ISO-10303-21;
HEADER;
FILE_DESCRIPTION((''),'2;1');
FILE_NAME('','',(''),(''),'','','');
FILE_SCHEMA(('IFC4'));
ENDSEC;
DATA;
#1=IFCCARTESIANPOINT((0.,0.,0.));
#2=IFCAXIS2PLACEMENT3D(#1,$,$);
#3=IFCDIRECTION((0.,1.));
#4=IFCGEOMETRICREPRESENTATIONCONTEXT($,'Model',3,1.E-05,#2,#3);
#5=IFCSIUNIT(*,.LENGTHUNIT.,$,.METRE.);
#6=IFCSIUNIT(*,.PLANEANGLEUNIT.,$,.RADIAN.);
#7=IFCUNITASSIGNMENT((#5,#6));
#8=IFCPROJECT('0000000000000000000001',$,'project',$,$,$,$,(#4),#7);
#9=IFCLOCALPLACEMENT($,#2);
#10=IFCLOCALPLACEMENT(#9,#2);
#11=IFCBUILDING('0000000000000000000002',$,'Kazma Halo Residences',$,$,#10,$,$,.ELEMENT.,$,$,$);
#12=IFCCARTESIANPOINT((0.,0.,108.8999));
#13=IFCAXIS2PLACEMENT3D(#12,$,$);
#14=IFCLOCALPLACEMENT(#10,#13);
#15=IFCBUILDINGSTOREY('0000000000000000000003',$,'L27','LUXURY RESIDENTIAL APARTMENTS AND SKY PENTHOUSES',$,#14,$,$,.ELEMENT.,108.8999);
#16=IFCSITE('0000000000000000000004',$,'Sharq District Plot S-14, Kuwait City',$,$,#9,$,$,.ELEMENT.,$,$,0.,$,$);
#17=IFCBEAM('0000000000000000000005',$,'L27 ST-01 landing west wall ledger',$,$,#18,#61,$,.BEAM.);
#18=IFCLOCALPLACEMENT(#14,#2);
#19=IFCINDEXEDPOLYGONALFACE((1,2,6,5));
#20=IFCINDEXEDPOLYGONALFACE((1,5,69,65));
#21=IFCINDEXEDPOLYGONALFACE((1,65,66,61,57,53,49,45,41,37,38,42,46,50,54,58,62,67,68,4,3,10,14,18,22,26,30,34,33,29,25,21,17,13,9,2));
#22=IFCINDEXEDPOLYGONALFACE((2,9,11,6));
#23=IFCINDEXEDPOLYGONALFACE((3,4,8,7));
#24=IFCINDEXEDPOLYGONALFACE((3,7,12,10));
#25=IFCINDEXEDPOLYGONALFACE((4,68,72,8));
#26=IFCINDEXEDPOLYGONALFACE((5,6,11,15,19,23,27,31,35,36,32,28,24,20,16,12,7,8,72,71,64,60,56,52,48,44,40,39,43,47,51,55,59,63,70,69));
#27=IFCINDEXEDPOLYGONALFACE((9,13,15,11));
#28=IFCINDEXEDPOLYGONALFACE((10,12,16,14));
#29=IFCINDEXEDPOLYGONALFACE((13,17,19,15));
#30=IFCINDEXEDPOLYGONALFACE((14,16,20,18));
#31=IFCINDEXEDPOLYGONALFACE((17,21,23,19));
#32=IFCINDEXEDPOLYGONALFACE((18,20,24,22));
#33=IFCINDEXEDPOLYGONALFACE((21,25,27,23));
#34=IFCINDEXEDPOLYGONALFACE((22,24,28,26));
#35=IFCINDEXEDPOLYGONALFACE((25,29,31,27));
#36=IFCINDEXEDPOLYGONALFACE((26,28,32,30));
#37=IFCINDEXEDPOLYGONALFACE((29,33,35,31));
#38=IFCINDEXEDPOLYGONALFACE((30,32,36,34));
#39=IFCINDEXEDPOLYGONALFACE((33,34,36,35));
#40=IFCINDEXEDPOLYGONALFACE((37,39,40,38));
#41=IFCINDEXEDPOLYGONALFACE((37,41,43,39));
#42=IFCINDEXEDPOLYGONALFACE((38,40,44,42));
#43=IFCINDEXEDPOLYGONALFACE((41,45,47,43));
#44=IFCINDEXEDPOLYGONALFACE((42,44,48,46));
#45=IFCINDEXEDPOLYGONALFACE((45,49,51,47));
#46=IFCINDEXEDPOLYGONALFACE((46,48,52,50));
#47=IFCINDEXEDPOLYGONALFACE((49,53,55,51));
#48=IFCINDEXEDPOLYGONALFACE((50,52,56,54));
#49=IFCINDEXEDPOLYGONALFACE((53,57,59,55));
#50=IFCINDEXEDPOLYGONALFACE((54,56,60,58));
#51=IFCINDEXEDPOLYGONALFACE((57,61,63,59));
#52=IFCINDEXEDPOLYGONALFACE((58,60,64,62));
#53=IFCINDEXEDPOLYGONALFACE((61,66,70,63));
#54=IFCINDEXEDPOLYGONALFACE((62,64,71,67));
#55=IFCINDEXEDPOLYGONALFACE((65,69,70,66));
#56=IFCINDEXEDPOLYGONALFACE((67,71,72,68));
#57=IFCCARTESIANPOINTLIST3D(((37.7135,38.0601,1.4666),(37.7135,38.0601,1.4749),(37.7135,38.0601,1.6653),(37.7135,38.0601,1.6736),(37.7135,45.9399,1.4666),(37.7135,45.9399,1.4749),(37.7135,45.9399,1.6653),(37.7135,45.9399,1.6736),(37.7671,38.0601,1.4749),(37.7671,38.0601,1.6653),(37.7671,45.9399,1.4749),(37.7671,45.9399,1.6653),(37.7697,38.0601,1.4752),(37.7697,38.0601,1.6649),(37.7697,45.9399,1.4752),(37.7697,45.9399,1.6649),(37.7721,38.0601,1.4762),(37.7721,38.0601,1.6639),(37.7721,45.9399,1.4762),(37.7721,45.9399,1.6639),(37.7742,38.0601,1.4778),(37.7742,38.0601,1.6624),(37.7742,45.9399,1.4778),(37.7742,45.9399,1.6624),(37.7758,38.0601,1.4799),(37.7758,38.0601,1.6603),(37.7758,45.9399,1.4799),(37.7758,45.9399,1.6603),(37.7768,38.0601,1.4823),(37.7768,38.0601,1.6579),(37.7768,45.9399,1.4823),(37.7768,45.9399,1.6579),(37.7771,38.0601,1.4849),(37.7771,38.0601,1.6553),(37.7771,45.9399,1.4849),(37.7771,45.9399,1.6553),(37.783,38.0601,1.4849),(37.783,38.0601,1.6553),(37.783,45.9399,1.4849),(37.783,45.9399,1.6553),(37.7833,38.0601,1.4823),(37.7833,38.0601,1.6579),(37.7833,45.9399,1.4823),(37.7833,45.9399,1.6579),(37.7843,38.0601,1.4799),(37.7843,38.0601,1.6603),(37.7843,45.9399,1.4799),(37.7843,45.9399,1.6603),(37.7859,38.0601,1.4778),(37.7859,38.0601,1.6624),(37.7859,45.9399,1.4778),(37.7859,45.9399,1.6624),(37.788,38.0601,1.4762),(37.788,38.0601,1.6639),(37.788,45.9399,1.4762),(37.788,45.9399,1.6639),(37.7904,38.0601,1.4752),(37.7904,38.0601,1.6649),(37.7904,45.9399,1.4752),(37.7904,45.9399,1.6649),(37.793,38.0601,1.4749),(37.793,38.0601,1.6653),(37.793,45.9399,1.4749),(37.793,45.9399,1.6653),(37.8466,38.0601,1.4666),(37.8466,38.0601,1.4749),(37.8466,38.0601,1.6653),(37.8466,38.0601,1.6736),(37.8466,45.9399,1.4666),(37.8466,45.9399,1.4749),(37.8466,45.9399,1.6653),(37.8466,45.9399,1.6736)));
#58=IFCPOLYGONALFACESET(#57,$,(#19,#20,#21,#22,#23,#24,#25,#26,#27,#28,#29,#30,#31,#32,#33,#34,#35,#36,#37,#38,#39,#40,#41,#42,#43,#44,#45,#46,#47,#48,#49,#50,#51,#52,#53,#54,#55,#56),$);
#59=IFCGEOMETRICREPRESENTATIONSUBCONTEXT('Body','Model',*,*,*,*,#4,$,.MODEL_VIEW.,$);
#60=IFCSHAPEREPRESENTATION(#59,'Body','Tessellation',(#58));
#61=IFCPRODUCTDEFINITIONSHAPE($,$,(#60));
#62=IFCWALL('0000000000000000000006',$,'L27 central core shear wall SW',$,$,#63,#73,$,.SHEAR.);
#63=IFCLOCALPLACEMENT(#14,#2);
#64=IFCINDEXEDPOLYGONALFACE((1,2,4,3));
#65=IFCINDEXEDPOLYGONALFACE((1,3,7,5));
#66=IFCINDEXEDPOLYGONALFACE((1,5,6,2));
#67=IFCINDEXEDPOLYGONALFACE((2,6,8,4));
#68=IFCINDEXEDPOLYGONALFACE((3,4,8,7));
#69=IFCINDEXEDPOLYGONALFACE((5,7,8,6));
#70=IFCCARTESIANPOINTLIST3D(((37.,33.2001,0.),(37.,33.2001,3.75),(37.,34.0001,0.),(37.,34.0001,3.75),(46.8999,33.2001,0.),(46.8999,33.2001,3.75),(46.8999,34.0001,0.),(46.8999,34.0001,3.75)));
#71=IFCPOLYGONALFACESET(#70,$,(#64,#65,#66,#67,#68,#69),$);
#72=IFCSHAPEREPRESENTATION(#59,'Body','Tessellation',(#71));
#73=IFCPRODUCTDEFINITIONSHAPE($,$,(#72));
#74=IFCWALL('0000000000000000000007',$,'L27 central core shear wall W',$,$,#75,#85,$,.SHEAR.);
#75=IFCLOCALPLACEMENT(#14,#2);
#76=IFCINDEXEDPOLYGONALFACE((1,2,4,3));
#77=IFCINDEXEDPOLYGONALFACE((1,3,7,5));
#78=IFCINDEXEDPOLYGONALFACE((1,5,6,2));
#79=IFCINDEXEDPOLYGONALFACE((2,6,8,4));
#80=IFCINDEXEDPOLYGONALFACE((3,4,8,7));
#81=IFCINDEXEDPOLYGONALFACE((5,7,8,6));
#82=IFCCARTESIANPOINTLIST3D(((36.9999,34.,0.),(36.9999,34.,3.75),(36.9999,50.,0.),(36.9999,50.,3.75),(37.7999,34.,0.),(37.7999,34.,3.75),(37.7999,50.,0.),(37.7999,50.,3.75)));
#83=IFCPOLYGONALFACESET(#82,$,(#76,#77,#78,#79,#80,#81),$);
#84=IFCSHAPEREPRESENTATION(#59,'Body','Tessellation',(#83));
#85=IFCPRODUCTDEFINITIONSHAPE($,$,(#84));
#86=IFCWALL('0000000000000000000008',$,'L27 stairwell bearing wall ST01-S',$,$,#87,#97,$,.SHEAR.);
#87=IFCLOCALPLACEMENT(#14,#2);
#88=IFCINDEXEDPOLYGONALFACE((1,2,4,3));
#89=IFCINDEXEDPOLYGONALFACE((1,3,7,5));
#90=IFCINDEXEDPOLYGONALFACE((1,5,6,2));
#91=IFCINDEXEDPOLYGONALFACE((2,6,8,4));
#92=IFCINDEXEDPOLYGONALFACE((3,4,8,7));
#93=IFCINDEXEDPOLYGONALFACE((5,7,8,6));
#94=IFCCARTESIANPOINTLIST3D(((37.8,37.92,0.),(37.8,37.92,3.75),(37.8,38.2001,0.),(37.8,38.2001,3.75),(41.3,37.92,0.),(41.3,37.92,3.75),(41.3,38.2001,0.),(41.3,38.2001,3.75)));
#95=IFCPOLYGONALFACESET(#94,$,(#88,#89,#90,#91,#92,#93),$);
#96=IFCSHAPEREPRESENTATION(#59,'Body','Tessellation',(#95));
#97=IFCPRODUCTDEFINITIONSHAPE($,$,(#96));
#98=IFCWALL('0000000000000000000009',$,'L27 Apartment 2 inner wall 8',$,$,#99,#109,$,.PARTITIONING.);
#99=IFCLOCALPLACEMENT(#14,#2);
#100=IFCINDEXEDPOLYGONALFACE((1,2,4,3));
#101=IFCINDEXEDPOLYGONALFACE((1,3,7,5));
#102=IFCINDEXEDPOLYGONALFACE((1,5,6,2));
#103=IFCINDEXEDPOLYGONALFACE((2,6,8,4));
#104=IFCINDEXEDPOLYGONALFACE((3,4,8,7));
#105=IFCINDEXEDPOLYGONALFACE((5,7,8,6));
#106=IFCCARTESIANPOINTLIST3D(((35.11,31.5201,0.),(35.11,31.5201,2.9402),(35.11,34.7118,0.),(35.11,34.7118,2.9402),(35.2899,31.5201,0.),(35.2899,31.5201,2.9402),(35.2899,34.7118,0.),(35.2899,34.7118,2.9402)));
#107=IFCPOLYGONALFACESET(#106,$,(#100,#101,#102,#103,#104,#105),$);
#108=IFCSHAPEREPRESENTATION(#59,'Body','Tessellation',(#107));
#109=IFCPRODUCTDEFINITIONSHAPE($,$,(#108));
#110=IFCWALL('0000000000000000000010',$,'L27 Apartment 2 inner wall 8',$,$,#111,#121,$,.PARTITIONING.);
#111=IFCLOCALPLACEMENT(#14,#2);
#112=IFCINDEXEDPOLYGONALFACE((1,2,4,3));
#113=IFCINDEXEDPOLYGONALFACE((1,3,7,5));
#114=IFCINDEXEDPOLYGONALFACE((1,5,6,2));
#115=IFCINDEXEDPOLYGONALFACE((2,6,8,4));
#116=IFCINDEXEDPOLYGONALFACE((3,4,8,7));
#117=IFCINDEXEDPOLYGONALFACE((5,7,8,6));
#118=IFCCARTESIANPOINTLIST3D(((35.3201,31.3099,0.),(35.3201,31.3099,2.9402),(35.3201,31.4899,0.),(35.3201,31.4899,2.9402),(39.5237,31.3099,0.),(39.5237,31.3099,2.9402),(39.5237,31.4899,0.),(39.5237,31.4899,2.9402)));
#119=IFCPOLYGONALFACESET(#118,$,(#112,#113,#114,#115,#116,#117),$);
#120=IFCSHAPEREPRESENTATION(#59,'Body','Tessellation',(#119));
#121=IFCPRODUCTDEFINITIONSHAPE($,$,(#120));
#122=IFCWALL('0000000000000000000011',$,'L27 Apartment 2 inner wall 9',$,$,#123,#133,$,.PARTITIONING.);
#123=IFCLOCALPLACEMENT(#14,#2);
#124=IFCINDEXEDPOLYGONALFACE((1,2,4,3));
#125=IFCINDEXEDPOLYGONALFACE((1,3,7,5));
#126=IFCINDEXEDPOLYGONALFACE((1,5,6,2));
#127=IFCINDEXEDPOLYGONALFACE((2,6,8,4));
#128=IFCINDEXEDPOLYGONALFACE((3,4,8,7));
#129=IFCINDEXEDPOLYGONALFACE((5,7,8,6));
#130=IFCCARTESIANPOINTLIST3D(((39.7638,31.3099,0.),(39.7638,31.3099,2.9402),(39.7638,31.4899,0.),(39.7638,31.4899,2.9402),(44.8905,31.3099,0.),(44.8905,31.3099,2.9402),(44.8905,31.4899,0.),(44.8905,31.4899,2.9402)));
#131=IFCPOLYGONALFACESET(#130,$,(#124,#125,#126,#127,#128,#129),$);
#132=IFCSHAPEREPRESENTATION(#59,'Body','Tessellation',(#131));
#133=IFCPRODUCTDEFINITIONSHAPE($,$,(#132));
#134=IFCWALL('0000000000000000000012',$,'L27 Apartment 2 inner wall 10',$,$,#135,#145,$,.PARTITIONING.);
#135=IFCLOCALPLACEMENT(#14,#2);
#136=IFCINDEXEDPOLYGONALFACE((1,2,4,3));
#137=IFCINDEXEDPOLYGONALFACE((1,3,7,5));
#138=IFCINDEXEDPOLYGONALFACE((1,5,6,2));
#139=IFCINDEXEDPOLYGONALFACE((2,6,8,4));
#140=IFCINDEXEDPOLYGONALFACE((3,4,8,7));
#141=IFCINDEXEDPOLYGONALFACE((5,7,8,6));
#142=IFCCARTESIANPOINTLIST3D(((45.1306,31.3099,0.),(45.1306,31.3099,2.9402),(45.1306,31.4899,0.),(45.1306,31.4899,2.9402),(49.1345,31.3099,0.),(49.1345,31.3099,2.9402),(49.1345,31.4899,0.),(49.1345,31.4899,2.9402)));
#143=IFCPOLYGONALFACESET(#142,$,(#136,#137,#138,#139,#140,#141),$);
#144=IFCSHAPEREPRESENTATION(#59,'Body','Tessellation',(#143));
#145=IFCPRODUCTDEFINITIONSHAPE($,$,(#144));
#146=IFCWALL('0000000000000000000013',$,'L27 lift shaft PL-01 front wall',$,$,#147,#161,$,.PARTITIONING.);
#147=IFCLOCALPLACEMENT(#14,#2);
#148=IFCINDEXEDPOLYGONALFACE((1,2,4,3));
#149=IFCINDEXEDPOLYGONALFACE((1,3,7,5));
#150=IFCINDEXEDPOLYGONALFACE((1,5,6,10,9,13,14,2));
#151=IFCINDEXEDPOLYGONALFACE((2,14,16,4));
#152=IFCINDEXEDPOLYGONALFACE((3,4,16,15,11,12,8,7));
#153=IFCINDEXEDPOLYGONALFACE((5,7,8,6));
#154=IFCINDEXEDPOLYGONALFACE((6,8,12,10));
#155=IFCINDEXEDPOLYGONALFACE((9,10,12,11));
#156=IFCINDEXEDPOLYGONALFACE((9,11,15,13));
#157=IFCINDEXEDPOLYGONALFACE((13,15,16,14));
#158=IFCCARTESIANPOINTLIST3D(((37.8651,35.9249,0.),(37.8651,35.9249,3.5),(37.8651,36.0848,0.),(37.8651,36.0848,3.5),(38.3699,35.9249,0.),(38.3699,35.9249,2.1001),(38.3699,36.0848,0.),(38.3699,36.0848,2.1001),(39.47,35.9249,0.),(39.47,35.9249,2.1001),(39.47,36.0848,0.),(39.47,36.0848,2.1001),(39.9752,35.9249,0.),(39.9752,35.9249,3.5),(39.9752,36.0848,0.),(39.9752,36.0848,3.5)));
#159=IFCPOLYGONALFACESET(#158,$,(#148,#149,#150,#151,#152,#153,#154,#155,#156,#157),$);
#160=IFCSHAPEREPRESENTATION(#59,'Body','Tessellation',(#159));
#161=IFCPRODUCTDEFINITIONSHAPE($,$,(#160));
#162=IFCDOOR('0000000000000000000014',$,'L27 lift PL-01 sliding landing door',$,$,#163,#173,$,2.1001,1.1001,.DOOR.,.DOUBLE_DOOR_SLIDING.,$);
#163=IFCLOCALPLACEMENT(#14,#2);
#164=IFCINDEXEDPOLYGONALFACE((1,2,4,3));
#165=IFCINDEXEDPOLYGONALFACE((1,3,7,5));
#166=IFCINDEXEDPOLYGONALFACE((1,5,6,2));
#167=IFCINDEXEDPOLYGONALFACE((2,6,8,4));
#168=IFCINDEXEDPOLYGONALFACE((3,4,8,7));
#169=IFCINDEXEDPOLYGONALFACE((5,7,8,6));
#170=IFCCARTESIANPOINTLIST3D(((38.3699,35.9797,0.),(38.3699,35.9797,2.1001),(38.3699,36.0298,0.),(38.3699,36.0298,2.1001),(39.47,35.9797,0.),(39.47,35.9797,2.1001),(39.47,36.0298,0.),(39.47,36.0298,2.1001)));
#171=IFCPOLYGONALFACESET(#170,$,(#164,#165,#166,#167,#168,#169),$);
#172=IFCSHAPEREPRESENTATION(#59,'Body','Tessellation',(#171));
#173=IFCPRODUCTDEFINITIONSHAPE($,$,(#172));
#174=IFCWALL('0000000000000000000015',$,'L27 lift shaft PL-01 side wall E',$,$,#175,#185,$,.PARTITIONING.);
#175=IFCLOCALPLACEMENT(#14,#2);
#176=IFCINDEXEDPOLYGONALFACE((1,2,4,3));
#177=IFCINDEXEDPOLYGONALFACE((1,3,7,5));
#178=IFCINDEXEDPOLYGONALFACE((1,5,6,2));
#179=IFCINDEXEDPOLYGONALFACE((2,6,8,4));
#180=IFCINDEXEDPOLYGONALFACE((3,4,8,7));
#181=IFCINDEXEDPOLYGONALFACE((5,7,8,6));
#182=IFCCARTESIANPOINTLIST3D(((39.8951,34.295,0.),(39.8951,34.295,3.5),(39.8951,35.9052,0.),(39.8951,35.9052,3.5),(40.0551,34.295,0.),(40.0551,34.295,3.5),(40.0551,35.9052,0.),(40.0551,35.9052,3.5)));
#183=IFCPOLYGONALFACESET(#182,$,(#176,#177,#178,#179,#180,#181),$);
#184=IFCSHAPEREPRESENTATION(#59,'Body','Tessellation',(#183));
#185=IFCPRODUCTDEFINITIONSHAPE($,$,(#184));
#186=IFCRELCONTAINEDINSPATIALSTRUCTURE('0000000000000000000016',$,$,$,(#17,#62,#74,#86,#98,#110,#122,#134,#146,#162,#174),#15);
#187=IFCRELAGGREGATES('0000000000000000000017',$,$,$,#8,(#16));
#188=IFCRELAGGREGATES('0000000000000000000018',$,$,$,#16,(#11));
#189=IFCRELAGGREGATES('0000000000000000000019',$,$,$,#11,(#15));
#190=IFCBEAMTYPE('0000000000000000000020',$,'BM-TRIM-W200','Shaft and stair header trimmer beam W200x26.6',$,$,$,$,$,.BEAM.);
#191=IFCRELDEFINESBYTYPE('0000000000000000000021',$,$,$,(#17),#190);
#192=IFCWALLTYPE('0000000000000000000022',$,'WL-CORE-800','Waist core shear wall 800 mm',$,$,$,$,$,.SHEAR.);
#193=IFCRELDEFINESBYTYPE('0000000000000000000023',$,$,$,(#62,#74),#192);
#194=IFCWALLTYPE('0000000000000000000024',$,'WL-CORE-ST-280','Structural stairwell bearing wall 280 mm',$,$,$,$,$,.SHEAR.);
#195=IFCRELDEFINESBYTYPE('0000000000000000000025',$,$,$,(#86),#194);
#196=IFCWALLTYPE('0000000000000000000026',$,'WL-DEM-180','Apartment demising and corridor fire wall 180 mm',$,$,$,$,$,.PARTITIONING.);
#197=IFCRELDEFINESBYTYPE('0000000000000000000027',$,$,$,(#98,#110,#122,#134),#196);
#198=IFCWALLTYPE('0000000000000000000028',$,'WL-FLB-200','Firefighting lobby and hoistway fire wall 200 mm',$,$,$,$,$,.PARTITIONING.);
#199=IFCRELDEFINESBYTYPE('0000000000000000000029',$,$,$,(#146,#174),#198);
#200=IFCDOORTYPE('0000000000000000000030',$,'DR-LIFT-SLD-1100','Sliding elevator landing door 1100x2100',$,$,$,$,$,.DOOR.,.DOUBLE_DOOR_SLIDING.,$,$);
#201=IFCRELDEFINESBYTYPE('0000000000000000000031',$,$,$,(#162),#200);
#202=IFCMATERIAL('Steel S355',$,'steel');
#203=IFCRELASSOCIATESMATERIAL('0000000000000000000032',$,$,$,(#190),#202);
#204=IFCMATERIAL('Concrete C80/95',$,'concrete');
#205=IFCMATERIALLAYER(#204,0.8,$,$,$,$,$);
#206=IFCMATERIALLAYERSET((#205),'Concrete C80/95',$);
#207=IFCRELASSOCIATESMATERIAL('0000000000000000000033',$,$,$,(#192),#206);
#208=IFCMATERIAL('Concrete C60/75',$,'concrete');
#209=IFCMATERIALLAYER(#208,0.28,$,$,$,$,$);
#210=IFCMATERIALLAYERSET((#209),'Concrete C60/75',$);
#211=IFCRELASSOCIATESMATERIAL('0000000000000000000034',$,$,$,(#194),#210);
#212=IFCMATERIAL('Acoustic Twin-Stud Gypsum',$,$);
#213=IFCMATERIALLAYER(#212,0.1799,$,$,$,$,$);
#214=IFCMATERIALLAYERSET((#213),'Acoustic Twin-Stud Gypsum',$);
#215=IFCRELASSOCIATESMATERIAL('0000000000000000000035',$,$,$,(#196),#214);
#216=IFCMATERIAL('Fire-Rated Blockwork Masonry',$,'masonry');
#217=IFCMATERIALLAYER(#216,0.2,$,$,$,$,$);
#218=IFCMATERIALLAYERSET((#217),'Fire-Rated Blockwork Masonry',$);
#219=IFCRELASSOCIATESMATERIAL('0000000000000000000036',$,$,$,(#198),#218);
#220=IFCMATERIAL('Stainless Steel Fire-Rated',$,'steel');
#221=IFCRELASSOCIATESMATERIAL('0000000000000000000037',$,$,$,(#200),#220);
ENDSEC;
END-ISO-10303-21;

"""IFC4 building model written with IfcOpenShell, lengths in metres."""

from ifc_helpers import new_model, si_unit, direction, frame, frame_2d, origin, origin_2d, place, context, subcontext, project, spatial, rectangle, i_section, extrude, material, layer, layer_set, material_profile, profile_set, type_object, element, fill, save


model = new_model("IFC4")

# Units and contexts
model_context = context("Model", 3, precision=1e-05, world=origin(), true_north=direction((0.0, 1.0)))
body_context = subcontext(model_context, "Body", "Model", "MODEL_VIEW")
ifc_project = project(units=[si_unit("LENGTHUNIT", "METRE"), si_unit("PLANEANGLEUNIT", "RADIAN")], contexts=[model_context])

# Site, building, storey
site_placement = place(None, origin())
site = spatial("IfcSite", under=ifc_project, at=site_placement, Name="Sharq District Plot S-14, Kuwait City", CompositionType="ELEMENT", RefElevation=0.0)
building_placement = place(site_placement, origin())
building = spatial("IfcBuilding", under=site, at=building_placement, Name="Kazma Halo Residences", CompositionType="ELEMENT")
storey_placement = place(building_placement, frame((0.0, 0.0, 108.8999)))
storey = spatial("IfcBuildingStorey", under=building, at=storey_placement, Name="L27", Description="LUXURY RESIDENTIAL APARTMENTS AND SKY PENTHOUSES", CompositionType="ELEMENT", Elevation=108.8999)

# Beam
ifc_material_1 = material(Name="Steel S355", Category="steel")
ifc_material_profile_1 = material_profile(ifc_material_1, i_section(OverallWidth=0.1331, OverallDepth=0.207, WebThickness=0.0059, FlangeThickness=0.0083, FilletRadius=0.01, at=origin_2d()), Name="W200x26.6")
ifc_profile_set_1 = profile_set([ifc_material_profile_1], Name="Steel S355")
beam_type_1 = type_object("IfcBeamType", Name="BM-TRIM-W200", Description="Shaft and stair header trimmer beam W200x26.6", PredefinedType="BEAM", material=ifc_profile_set_1)
beam_1_placement = place(storey_placement, frame((37.78, 38.0601, 1.5701), z_axis=(0.0, 1.0, 0.0), x_axis=(-1.0, 0.0, 0.0)))
element("IfcBeam", 1, at=beam_1_placement, inside=storey, type_object=beam_type_1, Name="L27 ST-01 landing west wall ledger", PredefinedType="BEAM", context=body_context, shape_type="SweptSolid", body=[
    extrude(i_section(OverallWidth=0.1331, OverallDepth=0.207, WebThickness=0.0059, FlangeThickness=0.0083, FilletRadius=0.01, at=origin_2d()), origin(), (0.0, 0.0, 1.0), 7.8799),
])

# Walls
ifc_material_2 = material(Name="Concrete C80/95", Category="concrete")
ifc_layer_1 = layer(ifc_material_2, 0.8)
ifc_layer_set_1 = layer_set([ifc_layer_1], Name="Concrete C80/95")
wall_type_1 = type_object("IfcWallType", Name="WL-CORE-800", Description="Waist core shear wall 800 mm", PredefinedType="SHEAR", material=ifc_layer_set_1)
wall_1_placement = place(storey_placement, frame((37.0, 33.6001, 0.0), z_axis=(0.0, 0.0, 1.0), x_axis=(1.0, 0.0, 0.0)))
element("IfcWall", 2, at=wall_1_placement, inside=storey, type_object=wall_type_1, Name="L27 central core shear wall SW", PredefinedType="SHEAR", context=body_context, shape_type="SweptSolid", body=[
    extrude(rectangle(XDim=9.8999, YDim=0.8, at=frame_2d((4.95, 0.0))), origin(), (0.0, 0.0, 1.0), 3.75),
])
wall_2_placement = place(storey_placement, frame((37.3999, 34.0, 0.0), z_axis=(0.0, 0.0, 1.0), x_axis=(0.0, 1.0, 0.0)))
element("IfcWall", 3, at=wall_2_placement, inside=storey, type_object=wall_type_1, Name="L27 central core shear wall W", PredefinedType="SHEAR", context=body_context, shape_type="SweptSolid", body=[
    extrude(rectangle(XDim=16.0, YDim=0.8, at=frame_2d((8.0, 0.0))), origin(), (0.0, 0.0, 1.0), 3.75),
])
ifc_material_3 = material(Name="Concrete C60/75", Category="concrete")
ifc_layer_2 = layer(ifc_material_3, 0.28)
ifc_layer_set_2 = layer_set([ifc_layer_2], Name="Concrete C60/75")
wall_type_2 = type_object("IfcWallType", Name="WL-CORE-ST-280", Description="Structural stairwell bearing wall 280 mm", PredefinedType="SHEAR", material=ifc_layer_set_2)
wall_3_placement = place(storey_placement, frame((37.8, 38.0601, 0.0), z_axis=(0.0, 0.0, 1.0), x_axis=(1.0, 0.0, 0.0)))
element("IfcWall", 4, at=wall_3_placement, inside=storey, type_object=wall_type_2, Name="L27 stairwell bearing wall ST01-S", PredefinedType="SHEAR", context=body_context, shape_type="SweptSolid", body=[
    extrude(rectangle(XDim=3.5, YDim=0.28, at=frame_2d((1.75, 0.0))), origin(), (0.0, 0.0, 1.0), 3.75),
])
ifc_material_4 = material(Name="Acoustic Twin-Stud Gypsum")
ifc_layer_3 = layer(ifc_material_4, 0.1799)
ifc_layer_set_3 = layer_set([ifc_layer_3], Name="Acoustic Twin-Stud Gypsum")
wall_type_3 = type_object("IfcWallType", Name="WL-DEM-180", Description="Apartment demising and corridor fire wall 180 mm", PredefinedType="PARTITIONING", material=ifc_layer_set_3)
wall_4_placement = place(storey_placement, frame((35.2, 34.7117, 0.0), z_axis=(0.0, 0.0, 1.0), x_axis=(0.0, -1.0, 0.0)))
element("IfcWall", 5, at=wall_4_placement, inside=storey, type_object=wall_type_3, Name="L27 Apartment 2 inner wall 8", PredefinedType="PARTITIONING", context=body_context, shape_type="SweptSolid", body=[
    extrude(rectangle(XDim=3.1917, YDim=0.1799, at=frame_2d((1.5957, 0.0))), origin(), (0.0, 0.0, 1.0), 2.9402),
])
wall_5_placement = place(storey_placement, frame((35.3201, 31.3999, 0.0), z_axis=(0.0, 0.0, 1.0), x_axis=(1.0, 0.0, 0.0)))
element("IfcWall", 6, at=wall_5_placement, inside=storey, type_object=wall_type_3, Name="L27 Apartment 2 inner wall 8", PredefinedType="PARTITIONING", context=body_context, shape_type="SweptSolid", body=[
    extrude(rectangle(XDim=4.2036, YDim=0.1799, at=frame_2d((2.1018, 0.0))), origin(), (0.0, 0.0, 1.0), 2.9402),
])
wall_6_placement = place(storey_placement, frame((39.7637, 31.3999, 0.0), z_axis=(0.0, 0.0, 1.0), x_axis=(1.0, 0.0, 0.0)))
element("IfcWall", 7, at=wall_6_placement, inside=storey, type_object=wall_type_3, Name="L27 Apartment 2 inner wall 9", PredefinedType="PARTITIONING", context=body_context, shape_type="SweptSolid", body=[
    extrude(rectangle(XDim=5.1267, YDim=0.1799, at=frame_2d((2.5635, 0.0))), origin(), (0.0, 0.0, 1.0), 2.9402),
])
wall_7_placement = place(storey_placement, frame((45.1306, 31.3999, 0.0), z_axis=(0.0, 0.0, 1.0), x_axis=(1.0, 0.0, 0.0)))
element("IfcWall", 8, at=wall_7_placement, inside=storey, type_object=wall_type_3, Name="L27 Apartment 2 inner wall 10", PredefinedType="PARTITIONING", context=body_context, shape_type="SweptSolid", body=[
    extrude(rectangle(XDim=4.0039, YDim=0.1799, at=frame_2d((2.002, 0.0))), origin(), (0.0, 0.0, 1.0), 2.9402),
])

# Wall, opening, door
ifc_material_5 = material(Name="Fire-Rated Blockwork Masonry", Category="masonry")
ifc_layer_4 = layer(ifc_material_5, 0.2)
ifc_layer_set_4 = layer_set([ifc_layer_4], Name="Fire-Rated Blockwork Masonry")
wall_type_4 = type_object("IfcWallType", Name="WL-FLB-200", Description="Firefighting lobby and hoistway fire wall 200 mm", PredefinedType="PARTITIONING", material=ifc_layer_set_4)
wall_8_placement = place(storey_placement, frame((37.865, 36.0049, 0.0), z_axis=(0.0, 0.0, 1.0), x_axis=(1.0, 0.0, 0.0)))
wall_8 = element("IfcWall", 9, at=wall_8_placement, inside=storey, type_object=wall_type_4, Name="L27 lift shaft PL-01 front wall", PredefinedType="PARTITIONING", context=body_context, shape_type="SweptSolid", body=[
    extrude(rectangle(XDim=2.1101, YDim=0.1599, at=frame_2d((1.0552, 0.0))), origin(), (0.0, 0.0, 1.0), 3.5),
])
opening_1_placement = place(wall_8_placement, frame((0.5049, 0.0, 0.0)))
opening_1 = element("IfcOpeningElement", 10, at=opening_1_placement, cuts=wall_8, PredefinedType="OPENING", context=body_context, shape_type="SweptSolid", body=[
    extrude(rectangle(XDim=1.1001, YDim=2.1001, at=frame_2d((0.55, 1.05))), frame((0.0, 0.0898, 0.0), z_axis=(0.0, -1.0, 0.0), x_axis=(1.0, 0.0, 0.0)), (0.0, 0.0, 1.0), 0.1799),
])
ifc_material_6 = material(Name="Stainless Steel Fire-Rated", Category="steel")
door_type_1 = type_object("IfcDoorType", Name="DR-LIFT-SLD-1100", Description="Sliding elevator landing door 1100x2100", OperationType="DOUBLE_DOOR_SLIDING", PredefinedType="DOOR", material=ifc_material_6)
door_1_placement = place(opening_1_placement, origin())
door_1 = element("IfcDoor", 11, at=door_1_placement, inside=storey, type_object=door_type_1, Name="L27 lift PL-01 sliding landing door", OperationType="DOUBLE_DOOR_SLIDING", OverallHeight=2.1001, OverallWidth=1.1001, PredefinedType="DOOR", context=body_context, shape_type="SweptSolid", body=[
    extrude(rectangle(XDim=1.1001, YDim=2.1001, at=frame_2d((0.55, 1.05))), frame((0.0, 0.0249, 0.0), z_axis=(0.0, -1.0, 0.0), x_axis=(1.0, 0.0, 0.0)), (0.0, 0.0, 1.0), 0.05),
])
fill(opening_1, door_1)

# Wall
wall_9_placement = place(storey_placement, frame((39.9751, 34.2949, 0.0), z_axis=(0.0, 0.0, 1.0), x_axis=(0.0, 1.0, 0.0)))
element("IfcWall", 12, at=wall_9_placement, inside=storey, type_object=wall_type_4, Name="L27 lift shaft PL-01 side wall E", PredefinedType="PARTITIONING", context=body_context, shape_type="SweptSolid", body=[
    extrude(rectangle(XDim=1.6101, YDim=0.1599, at=frame_2d((0.8052, 0.0))), origin(), (0.0, 0.0, 1.0), 3.5),
])

save(model, "model.ifc")
